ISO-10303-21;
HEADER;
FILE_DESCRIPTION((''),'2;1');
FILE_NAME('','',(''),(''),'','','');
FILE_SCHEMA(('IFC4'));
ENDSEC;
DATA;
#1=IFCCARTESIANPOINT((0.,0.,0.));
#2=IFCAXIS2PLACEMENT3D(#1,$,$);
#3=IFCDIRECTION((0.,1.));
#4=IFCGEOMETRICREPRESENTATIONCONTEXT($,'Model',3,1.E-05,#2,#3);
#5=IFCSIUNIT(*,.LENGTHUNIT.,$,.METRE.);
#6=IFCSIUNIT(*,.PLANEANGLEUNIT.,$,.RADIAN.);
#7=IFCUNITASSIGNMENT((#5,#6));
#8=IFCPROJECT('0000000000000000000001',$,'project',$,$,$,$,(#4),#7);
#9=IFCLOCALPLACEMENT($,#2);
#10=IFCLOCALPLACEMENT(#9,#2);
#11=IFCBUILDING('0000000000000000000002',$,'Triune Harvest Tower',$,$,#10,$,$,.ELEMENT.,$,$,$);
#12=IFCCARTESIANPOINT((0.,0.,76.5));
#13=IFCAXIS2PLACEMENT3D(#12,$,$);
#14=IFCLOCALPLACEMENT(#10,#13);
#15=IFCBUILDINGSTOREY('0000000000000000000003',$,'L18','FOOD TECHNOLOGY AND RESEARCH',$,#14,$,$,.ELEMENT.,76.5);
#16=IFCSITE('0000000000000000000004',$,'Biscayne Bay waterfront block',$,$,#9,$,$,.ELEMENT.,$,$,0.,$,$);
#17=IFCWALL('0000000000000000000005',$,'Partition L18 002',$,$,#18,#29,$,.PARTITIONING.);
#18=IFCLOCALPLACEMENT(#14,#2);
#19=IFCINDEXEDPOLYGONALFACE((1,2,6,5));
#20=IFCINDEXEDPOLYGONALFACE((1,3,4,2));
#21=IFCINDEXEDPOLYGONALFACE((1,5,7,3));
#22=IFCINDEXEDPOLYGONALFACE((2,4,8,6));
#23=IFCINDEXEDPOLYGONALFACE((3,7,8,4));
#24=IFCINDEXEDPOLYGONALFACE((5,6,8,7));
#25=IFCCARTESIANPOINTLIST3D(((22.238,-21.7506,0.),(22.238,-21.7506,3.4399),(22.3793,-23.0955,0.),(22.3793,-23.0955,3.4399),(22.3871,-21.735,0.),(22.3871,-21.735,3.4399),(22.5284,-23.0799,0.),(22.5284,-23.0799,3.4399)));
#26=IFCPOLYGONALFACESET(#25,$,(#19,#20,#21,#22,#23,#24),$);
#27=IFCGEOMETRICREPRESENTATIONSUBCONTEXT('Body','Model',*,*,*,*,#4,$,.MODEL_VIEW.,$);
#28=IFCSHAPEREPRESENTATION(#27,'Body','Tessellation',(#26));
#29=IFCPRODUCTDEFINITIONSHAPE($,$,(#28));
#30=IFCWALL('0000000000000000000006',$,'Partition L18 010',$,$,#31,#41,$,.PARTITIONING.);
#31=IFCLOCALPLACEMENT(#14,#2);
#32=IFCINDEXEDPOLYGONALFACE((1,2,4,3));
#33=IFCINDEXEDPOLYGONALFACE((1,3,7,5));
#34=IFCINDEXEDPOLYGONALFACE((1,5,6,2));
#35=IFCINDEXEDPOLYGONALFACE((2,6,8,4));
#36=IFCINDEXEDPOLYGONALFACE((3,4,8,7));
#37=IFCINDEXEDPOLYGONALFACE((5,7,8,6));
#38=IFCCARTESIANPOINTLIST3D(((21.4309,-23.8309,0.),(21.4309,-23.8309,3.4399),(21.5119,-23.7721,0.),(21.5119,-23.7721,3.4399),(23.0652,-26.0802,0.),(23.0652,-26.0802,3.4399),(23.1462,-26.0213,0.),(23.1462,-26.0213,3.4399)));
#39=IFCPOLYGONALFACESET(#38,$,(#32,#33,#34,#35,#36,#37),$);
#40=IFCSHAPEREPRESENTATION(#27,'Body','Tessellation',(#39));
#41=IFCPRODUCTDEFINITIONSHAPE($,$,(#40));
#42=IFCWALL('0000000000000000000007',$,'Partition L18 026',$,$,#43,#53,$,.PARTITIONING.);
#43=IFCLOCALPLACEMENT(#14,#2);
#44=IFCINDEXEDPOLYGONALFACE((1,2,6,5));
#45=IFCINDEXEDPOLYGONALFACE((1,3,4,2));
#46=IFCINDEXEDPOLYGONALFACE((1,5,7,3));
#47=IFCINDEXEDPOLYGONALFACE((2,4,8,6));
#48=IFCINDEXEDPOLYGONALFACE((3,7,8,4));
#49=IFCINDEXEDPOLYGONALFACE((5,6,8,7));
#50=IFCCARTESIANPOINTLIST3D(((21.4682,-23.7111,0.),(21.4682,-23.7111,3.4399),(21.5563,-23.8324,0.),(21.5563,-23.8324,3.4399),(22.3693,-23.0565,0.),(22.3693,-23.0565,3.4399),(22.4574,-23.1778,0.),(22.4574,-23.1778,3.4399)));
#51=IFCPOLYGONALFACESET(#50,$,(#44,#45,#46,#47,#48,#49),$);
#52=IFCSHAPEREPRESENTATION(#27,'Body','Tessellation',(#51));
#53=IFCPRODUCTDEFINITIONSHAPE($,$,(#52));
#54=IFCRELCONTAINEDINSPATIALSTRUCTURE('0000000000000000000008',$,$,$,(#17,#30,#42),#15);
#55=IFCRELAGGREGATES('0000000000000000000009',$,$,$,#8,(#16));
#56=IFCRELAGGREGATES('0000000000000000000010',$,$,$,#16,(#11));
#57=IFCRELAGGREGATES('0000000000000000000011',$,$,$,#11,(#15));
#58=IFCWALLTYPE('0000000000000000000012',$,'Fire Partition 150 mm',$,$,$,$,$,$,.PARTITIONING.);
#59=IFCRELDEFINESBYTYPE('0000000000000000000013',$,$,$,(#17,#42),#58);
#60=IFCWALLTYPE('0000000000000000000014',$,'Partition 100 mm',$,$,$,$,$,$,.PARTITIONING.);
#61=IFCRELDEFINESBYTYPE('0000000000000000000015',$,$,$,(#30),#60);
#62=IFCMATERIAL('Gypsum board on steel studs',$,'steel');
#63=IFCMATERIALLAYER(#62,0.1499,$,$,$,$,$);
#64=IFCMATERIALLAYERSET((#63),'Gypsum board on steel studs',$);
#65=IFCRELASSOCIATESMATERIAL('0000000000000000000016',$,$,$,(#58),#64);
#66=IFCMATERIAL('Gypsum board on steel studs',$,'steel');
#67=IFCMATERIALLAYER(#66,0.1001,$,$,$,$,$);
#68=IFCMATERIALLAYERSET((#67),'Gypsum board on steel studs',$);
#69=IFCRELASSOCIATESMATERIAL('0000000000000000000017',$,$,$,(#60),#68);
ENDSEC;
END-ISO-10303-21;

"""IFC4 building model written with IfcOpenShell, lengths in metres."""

from ifc_helpers import new_model, si_unit, direction, frame, frame_2d, origin, place, context, subcontext, project, spatial, rectangle, extrude, source, transform, mapped, material, layer, layer_set, type_object, element, save


model = new_model("IFC4")

# Units and contexts
model_context = context("Model", 3, precision=1e-05, world=origin(), true_north=direction((0.0, 1.0)))
body_context = subcontext(model_context, "Body", "Model", "MODEL_VIEW")
ifc_project = project(units=[si_unit("LENGTHUNIT", "METRE"), si_unit("PLANEANGLEUNIT", "RADIAN")], contexts=[model_context])

# Site, building, storey
site_placement = place(None, origin())
site = spatial("IfcSite", under=ifc_project, at=site_placement, Name="Biscayne Bay waterfront block", CompositionType="ELEMENT", RefElevation=0.0)
building_placement = place(site_placement, origin())
building = spatial("IfcBuilding", under=site, at=building_placement, Name="Triune Harvest Tower", CompositionType="ELEMENT")
storey_placement = place(building_placement, frame((0.0, 0.0, 76.5)))
storey = spatial("IfcBuildingStorey", under=building, at=storey_placement, Name="L18", Description="FOOD TECHNOLOGY AND RESEARCH", CompositionType="ELEMENT", Elevation=76.5)

# Walls
ifc_material_1 = material(Name="Gypsum board on steel studs", Category="steel")
ifc_layer_1 = layer(ifc_material_1, 0.1499)
ifc_layer_set_1 = layer_set([ifc_layer_1], Name="Gypsum board on steel studs")
wall_type_1 = type_object("IfcWallType", Name="Fire Partition 150 mm", PredefinedType="PARTITIONING", material=ifc_layer_set_1)
shared_shape_1 = source(origin(), body_context, "Body", "SweptSolid", [
    extrude(rectangle(XDim=1.3523, YDim=0.1499, at=frame_2d((0.6763, 0.0))), origin(), (0.0, 0.0, 1.0), 3.4399),
])
wall_1_placement = place(storey_placement, frame((22.3125, -21.7427, 0.0), z_axis=(0.0, 0.0, 1.0), x_axis=(0.104525, -0.994522, 0.0)))
element("IfcWall", 1, at=wall_1_placement, inside=storey, type_object=wall_type_1, Name="Partition L18 002", PredefinedType="PARTITIONING", context=body_context, shape_type="MappedRepresentation", body=[
    mapped(shared_shape_1, transform((0.0, 0.0, 0.0), scale=1.0)),
])
ifc_material_2 = material(Name="Gypsum board on steel studs", Category="steel")
ifc_layer_2 = layer(ifc_material_2, 0.1001)
ifc_layer_set_2 = layer_set([ifc_layer_2], Name="Gypsum board on steel studs")
wall_type_2 = type_object("IfcWallType", Name="Partition 100 mm", PredefinedType="PARTITIONING", material=ifc_layer_set_2)
shared_shape_2 = source(origin(), body_context, "Body", "SweptSolid", [
    extrude(rectangle(XDim=2.7803, YDim=0.1001, at=frame_2d((1.3901, 0.0))), origin(), (0.0, 0.0, 1.0), 3.4399),
])
wall_2_placement = place(storey_placement, frame((21.4714, -23.8015, 0.0), z_axis=(0.0, 0.0, 1.0), x_axis=(0.587806, -0.809002, 0.0)))
element("IfcWall", 2, at=wall_2_placement, inside=storey, type_object=wall_type_2, Name="Partition L18 010", PredefinedType="PARTITIONING", context=body_context, shape_type="MappedRepresentation", body=[
    mapped(shared_shape_2, transform((0.0, 0.0, 0.0), scale=1.0)),
])
shared_shape_3 = source(origin(), body_context, "Body", "SweptSolid", [
    extrude(rectangle(XDim=1.1138, YDim=0.1499, at=frame_2d((0.5569, 0.0))), origin(), (0.0, 0.0, 1.0), 3.4399),
])
wall_3_placement = place(storey_placement, frame((21.5122, -23.7717, 0.0), z_axis=(0.0, 0.0, 1.0), x_axis=(0.809087, 0.587689, 0.0)))
element("IfcWall", 3, at=wall_3_placement, inside=storey, type_object=wall_type_1, Name="Partition L18 026", PredefinedType="PARTITIONING", context=body_context, shape_type="MappedRepresentation", body=[
    mapped(shared_shape_3, transform((0.0, 0.0, 0.0), scale=1.0)),
])

save(model, "model.ifc")
